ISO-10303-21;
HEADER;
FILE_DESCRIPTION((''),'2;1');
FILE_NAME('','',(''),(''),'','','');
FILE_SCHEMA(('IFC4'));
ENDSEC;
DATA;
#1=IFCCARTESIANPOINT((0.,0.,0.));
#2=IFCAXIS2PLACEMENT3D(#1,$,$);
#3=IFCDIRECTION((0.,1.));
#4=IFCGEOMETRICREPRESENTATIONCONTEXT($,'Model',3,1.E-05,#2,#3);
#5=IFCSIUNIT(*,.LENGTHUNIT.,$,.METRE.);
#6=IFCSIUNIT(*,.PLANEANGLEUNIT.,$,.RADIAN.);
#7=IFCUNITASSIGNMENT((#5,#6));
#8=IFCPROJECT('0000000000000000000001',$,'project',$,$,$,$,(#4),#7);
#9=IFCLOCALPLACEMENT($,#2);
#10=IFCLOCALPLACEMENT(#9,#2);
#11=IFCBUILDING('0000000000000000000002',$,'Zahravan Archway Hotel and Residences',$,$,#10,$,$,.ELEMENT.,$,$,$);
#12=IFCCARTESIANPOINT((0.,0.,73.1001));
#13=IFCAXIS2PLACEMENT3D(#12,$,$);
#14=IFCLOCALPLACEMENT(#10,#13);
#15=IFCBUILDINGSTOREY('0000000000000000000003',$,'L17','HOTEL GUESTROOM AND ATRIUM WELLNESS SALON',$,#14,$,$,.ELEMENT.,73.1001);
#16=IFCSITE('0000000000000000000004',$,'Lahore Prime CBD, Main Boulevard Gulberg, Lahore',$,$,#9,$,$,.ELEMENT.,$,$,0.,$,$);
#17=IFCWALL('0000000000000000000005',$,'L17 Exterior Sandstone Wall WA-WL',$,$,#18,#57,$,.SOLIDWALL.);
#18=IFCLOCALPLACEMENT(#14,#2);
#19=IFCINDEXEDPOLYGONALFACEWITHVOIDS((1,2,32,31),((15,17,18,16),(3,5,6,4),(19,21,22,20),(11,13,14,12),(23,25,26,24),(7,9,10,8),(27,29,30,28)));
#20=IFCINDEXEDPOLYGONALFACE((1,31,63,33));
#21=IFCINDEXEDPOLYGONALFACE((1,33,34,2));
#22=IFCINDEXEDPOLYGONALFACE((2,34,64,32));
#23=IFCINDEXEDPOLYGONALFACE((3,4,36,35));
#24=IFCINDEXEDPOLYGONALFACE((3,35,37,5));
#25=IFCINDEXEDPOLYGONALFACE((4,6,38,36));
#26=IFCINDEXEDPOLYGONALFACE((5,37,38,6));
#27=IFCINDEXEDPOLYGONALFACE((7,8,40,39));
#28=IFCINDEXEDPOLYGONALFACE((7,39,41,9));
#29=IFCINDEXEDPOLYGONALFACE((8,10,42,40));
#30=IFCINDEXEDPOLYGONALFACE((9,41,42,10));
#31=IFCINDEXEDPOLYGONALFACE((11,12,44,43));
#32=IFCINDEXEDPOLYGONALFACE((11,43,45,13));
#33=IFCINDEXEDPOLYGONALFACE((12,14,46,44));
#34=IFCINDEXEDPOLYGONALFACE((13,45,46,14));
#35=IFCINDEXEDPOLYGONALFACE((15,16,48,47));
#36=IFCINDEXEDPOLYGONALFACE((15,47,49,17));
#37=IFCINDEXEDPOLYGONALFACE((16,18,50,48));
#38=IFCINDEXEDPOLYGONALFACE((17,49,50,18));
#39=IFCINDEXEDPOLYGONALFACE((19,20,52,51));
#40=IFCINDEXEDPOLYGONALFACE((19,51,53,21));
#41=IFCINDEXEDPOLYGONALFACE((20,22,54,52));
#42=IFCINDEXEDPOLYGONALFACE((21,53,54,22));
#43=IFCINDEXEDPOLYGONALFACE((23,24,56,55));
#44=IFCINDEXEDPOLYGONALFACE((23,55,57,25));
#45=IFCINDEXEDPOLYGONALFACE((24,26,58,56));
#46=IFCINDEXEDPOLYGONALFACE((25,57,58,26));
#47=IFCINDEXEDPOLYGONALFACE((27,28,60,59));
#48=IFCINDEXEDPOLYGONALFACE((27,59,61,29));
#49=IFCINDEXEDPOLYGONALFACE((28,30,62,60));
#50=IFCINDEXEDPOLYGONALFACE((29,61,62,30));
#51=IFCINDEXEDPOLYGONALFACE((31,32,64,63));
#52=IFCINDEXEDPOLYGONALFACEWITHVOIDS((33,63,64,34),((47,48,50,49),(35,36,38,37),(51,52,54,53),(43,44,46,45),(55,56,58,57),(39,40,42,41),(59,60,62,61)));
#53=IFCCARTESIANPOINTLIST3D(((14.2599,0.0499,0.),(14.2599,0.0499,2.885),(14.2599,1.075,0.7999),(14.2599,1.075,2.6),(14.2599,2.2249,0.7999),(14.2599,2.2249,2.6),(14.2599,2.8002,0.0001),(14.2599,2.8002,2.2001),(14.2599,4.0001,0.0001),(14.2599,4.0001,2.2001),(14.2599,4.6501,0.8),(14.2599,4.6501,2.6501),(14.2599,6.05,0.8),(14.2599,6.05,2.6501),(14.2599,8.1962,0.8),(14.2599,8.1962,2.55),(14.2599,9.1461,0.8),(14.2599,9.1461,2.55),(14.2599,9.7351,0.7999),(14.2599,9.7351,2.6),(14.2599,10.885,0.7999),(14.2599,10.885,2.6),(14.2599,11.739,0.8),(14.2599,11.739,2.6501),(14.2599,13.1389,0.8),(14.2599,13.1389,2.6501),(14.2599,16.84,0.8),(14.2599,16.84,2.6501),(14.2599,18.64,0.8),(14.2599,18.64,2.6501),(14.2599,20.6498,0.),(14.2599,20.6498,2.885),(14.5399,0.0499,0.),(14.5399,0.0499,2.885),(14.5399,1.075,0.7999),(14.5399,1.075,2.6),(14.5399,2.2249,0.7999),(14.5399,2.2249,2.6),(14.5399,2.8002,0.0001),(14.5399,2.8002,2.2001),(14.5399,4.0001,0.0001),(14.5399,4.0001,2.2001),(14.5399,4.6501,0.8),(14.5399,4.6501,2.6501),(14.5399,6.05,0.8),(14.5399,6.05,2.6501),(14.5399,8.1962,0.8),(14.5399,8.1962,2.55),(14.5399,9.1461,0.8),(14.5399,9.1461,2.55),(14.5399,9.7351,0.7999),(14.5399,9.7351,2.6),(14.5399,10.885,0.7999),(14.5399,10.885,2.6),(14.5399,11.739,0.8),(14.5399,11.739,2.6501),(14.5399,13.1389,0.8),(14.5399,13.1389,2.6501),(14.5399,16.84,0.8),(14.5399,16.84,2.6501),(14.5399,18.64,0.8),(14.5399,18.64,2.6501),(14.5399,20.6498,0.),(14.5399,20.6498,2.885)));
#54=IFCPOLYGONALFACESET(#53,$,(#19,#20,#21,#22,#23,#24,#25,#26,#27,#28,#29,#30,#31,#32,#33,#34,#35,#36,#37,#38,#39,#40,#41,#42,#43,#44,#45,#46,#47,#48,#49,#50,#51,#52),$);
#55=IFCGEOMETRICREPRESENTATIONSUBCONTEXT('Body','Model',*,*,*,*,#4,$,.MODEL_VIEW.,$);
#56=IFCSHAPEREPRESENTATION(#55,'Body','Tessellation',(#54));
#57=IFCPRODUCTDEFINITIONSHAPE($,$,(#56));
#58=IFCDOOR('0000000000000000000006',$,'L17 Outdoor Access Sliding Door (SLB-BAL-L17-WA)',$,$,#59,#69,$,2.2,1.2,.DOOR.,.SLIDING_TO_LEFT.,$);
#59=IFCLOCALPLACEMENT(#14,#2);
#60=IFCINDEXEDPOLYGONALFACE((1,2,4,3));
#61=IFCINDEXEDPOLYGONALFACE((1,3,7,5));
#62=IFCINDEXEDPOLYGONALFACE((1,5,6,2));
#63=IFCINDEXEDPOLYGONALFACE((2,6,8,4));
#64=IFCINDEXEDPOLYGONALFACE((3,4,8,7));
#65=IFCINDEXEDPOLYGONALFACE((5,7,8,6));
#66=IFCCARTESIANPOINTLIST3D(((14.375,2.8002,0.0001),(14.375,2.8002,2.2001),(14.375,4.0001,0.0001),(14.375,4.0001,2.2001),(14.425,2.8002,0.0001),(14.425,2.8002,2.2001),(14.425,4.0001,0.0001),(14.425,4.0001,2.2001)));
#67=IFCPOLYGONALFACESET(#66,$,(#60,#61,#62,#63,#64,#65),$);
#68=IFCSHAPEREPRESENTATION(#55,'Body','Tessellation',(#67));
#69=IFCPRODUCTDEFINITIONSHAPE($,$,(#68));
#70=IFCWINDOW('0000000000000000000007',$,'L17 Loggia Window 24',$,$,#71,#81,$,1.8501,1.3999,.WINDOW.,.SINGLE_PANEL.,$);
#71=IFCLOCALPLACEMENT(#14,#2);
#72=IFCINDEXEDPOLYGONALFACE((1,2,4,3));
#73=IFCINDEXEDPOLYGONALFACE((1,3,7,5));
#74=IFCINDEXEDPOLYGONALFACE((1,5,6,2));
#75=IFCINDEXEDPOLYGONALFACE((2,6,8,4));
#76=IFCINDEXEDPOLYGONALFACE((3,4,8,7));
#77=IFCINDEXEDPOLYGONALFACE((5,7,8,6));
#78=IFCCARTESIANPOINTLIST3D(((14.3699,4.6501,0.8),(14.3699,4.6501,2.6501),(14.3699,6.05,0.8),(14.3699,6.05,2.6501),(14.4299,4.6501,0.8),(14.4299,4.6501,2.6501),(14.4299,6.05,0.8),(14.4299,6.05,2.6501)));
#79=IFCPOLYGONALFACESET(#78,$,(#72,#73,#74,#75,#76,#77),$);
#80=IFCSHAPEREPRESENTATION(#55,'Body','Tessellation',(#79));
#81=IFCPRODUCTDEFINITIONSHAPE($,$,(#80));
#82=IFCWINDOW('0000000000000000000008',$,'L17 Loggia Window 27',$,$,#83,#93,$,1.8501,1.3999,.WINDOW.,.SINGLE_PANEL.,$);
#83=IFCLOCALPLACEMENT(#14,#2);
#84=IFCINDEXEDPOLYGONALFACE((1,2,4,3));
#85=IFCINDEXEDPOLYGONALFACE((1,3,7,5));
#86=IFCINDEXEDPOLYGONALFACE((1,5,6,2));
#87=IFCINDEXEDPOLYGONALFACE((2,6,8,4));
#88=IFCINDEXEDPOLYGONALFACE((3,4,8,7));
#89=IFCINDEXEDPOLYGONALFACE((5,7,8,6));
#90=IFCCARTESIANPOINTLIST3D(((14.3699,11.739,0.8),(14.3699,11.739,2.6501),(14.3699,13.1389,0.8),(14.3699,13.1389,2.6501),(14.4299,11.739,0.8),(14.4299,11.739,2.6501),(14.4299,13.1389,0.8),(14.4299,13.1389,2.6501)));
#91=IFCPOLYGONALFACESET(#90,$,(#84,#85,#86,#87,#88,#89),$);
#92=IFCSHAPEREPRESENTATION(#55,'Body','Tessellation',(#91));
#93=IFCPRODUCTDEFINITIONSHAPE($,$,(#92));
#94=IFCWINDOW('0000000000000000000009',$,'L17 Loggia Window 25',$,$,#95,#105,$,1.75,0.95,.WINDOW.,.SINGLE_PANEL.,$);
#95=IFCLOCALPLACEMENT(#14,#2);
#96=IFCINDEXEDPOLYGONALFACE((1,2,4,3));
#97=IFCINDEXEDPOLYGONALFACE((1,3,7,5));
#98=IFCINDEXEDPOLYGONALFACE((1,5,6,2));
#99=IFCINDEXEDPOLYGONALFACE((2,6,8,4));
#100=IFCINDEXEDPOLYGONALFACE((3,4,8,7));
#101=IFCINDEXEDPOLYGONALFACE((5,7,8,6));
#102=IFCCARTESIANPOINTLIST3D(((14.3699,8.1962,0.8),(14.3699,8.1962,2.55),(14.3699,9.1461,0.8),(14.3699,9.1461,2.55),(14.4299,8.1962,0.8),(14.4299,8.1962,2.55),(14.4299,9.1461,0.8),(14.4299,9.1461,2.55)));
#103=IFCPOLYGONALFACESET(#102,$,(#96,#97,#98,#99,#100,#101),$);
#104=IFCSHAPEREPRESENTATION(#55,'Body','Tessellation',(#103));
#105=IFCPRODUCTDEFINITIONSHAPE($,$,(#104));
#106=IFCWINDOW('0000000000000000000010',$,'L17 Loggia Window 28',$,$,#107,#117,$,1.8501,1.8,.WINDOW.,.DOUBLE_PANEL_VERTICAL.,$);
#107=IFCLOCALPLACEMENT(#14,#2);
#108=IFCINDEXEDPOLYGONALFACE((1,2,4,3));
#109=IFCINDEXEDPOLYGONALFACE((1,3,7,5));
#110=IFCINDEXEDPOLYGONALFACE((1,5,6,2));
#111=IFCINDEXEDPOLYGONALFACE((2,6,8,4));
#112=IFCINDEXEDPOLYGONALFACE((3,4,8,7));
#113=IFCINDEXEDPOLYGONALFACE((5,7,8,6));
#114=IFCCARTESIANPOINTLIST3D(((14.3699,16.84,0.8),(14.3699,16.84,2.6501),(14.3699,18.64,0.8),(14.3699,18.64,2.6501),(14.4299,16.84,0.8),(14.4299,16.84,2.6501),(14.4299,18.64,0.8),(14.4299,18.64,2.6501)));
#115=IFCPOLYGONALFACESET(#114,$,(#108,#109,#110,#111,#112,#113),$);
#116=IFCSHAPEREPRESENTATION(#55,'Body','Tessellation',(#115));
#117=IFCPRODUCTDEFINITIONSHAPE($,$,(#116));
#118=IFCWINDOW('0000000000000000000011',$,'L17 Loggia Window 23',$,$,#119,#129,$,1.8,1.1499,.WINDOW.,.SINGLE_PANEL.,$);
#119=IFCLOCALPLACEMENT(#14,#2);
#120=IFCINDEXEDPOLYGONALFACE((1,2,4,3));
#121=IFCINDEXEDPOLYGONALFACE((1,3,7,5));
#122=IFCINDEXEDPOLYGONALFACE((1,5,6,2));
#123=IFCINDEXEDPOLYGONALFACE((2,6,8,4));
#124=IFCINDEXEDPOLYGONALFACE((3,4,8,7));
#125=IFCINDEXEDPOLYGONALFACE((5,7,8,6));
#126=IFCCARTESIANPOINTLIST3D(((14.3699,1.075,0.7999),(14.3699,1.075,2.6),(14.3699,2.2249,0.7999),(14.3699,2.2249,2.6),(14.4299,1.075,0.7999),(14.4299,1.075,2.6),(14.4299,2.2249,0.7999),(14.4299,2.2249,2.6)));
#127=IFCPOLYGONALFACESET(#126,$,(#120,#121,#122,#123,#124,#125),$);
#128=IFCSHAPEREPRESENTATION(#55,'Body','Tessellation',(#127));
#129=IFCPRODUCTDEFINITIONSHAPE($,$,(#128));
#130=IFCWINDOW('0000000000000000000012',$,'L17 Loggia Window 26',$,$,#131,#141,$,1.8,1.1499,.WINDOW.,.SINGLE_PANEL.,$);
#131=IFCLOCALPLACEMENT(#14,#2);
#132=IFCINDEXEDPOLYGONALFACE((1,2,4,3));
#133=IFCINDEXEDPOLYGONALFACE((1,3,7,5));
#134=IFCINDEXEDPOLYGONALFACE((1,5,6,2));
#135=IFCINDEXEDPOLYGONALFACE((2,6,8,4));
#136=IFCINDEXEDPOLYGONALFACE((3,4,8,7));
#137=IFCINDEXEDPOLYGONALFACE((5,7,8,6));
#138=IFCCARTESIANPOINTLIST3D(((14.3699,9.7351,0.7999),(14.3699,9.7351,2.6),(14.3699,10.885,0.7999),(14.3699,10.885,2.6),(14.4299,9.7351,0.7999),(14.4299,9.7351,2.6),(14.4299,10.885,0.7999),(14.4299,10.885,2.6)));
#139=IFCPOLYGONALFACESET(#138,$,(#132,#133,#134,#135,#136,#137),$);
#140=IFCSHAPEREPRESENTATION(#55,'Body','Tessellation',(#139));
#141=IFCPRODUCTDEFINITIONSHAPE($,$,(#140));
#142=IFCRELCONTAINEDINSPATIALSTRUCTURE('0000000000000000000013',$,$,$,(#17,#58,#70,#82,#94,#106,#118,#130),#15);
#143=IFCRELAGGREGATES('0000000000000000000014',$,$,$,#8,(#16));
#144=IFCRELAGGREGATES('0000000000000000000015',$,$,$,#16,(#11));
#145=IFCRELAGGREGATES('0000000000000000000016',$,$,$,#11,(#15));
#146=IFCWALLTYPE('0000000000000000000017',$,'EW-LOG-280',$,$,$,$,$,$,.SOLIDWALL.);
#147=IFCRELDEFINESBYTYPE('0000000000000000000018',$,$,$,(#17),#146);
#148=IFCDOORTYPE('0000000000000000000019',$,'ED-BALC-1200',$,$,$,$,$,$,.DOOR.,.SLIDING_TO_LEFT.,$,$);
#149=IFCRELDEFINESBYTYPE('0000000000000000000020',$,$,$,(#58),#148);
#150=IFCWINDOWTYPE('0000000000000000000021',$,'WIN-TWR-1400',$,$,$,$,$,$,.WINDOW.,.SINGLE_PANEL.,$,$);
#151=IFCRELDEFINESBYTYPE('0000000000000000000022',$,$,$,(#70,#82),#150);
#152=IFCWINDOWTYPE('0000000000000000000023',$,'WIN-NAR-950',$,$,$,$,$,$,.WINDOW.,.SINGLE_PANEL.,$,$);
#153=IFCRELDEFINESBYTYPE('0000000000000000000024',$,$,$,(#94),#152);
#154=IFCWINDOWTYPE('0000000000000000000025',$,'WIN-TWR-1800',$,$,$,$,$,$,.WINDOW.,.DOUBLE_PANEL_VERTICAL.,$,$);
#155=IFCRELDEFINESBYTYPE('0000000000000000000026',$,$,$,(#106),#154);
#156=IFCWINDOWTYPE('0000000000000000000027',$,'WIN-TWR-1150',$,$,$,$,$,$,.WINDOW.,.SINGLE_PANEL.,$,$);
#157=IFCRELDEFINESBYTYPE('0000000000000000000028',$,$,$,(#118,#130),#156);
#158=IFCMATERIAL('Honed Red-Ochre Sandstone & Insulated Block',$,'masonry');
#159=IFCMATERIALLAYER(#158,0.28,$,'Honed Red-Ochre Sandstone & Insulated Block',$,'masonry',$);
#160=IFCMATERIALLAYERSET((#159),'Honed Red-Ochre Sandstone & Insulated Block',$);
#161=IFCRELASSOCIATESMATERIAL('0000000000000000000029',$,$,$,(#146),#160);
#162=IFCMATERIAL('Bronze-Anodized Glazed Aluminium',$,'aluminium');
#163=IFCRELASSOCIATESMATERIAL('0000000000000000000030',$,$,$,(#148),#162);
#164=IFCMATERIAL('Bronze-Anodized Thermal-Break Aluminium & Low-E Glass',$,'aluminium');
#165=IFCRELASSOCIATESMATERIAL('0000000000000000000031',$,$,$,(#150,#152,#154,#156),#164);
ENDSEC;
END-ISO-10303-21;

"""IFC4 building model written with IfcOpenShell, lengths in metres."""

from ifc_helpers import new_model, si_unit, direction, frame, frame_2d, origin, place, context, subcontext, project, spatial, rectangle, extrude, source, transform, mapped, material, layer, layer_set, type_object, type_shapes, element, fill, save


model = new_model("IFC4")

# Units and contexts
model_context = context("Model", 3, precision=1e-05, world=origin(), true_north=direction((0.0, 1.0)))
body_context = subcontext(model_context, "Body", "Model", "MODEL_VIEW")
ifc_project = project(units=[si_unit("LENGTHUNIT", "METRE"), si_unit("PLANEANGLEUNIT", "RADIAN")], contexts=[model_context])

# Site, building, storey
site_placement = place(None, origin())
site = spatial("IfcSite", under=ifc_project, at=site_placement, Name="Lahore Prime CBD, Main Boulevard Gulberg, Lahore", CompositionType="ELEMENT", RefElevation=0.0)
building_placement = place(site_placement, origin())
building = spatial("IfcBuilding", under=site, at=building_placement, Name="Zahravan Archway Hotel and Residences", CompositionType="ELEMENT")
storey_placement = place(building_placement, frame((0.0, 0.0, 73.1001)))
storey = spatial("IfcBuildingStorey", under=building, at=storey_placement, Name="L17", Description="HOTEL GUESTROOM AND ATRIUM WELLNESS SALON", CompositionType="ELEMENT", Elevation=73.1001)

# Wall, openings, door, windows
ifc_material_1 = material(Name="Honed Red-Ochre Sandstone & Insulated Block", Category="masonry")
ifc_layer = layer(ifc_material_1, 0.28, Name="Honed Red-Ochre Sandstone & Insulated Block", Category="masonry")
ifc_layer_set = layer_set([ifc_layer], Name="Honed Red-Ochre Sandstone & Insulated Block")
wall_type = type_object("IfcWallType", Name="EW-LOG-280", PredefinedType="SOLIDWALL", material=ifc_layer_set)
wall_placement = place(storey_placement, frame((14.3999, 0.05, 0.0), z_axis=(0.0, 0.0, 1.0), x_axis=(0.0, 1.0, 0.0)))
wall = element("IfcWall", 1, at=wall_placement, inside=storey, type_object=wall_type, Name="L17 Exterior Sandstone Wall WA-WL", PredefinedType="SOLIDWALL", context=body_context, shape_type="SweptSolid", body=[
    extrude(rectangle(XDim=20.5999, YDim=0.28, at=frame_2d((10.2998, 0.0))), origin(), (0.0, 0.0, 1.0), 2.885),
])
opening_1_placement = place(wall_placement, frame((2.75, 0.0, 0.0)))
opening_1 = element("IfcOpeningElement", 2, at=opening_1_placement, cuts=wall, PredefinedType="OPENING", context=body_context, shape_type="SweptSolid", body=[
    extrude(rectangle(XDim=1.2, YDim=2.2, at=frame_2d((0.6001, 1.1001))), frame((0.0, 0.1499, 0.0), z_axis=(0.0, -1.0, 0.0), x_axis=(1.0, 0.0, 0.0)), (0.0, 0.0, 1.0), 0.3),
])
opening_2_placement = place(wall_placement, frame((1.0249, 0.0, 0.8)))
opening_2 = element("IfcOpeningElement", 3, at=opening_2_placement, cuts=wall, PredefinedType="OPENING", context=body_context, shape_type="SweptSolid", body=[
    extrude(rectangle(XDim=1.1499, YDim=1.8, at=frame_2d((0.575, 0.8999))), frame((0.0, 0.1499, 0.0), z_axis=(0.0, -1.0, 0.0), x_axis=(1.0, 0.0, 0.0)), (0.0, 0.0, 1.0), 0.3),
])
opening_3_placement = place(wall_placement, frame((4.6001, 0.0, 0.8)))
opening_3 = element("IfcOpeningElement", 4, at=opening_3_placement, cuts=wall, PredefinedType="OPENING", context=body_context, shape_type="SweptSolid", body=[
    extrude(rectangle(XDim=1.3999, YDim=1.8501, at=frame_2d((0.7, 0.925))), frame((0.0, 0.1499, 0.0), z_axis=(0.0, -1.0, 0.0), x_axis=(1.0, 0.0, 0.0)), (0.0, 0.0, 1.0), 0.3),
])
opening_4_placement = place(wall_placement, frame((8.146, 0.0, 0.8)))
opening_4 = element("IfcOpeningElement", 5, at=opening_4_placement, cuts=wall, PredefinedType="OPENING", context=body_context, shape_type="SweptSolid", body=[
    extrude(rectangle(XDim=0.95, YDim=1.75, at=frame_2d((0.4751, 0.875))), frame((0.0, 0.1499, 0.0), z_axis=(0.0, -1.0, 0.0), x_axis=(1.0, 0.0, 0.0)), (0.0, 0.0, 1.0), 0.3),
])
opening_5_placement = place(wall_placement, frame((9.6851, 0.0, 0.8)))
opening_5 = element("IfcOpeningElement", 6, at=opening_5_placement, cuts=wall, PredefinedType="OPENING", context=body_context, shape_type="SweptSolid", body=[
    extrude(rectangle(XDim=1.1499, YDim=1.8, at=frame_2d((0.575, 0.8999))), frame((0.0, 0.1499, 0.0), z_axis=(0.0, -1.0, 0.0), x_axis=(1.0, 0.0, 0.0)), (0.0, 0.0, 1.0), 0.3),
])
opening_6_placement = place(wall_placement, frame((11.689, 0.0, 0.8)))
opening_6 = element("IfcOpeningElement", 7, at=opening_6_placement, cuts=wall, PredefinedType="OPENING", context=body_context, shape_type="SweptSolid", body=[
    extrude(rectangle(XDim=1.3999, YDim=1.8501, at=frame_2d((0.7, 0.925))), frame((0.0, 0.1499, 0.0), z_axis=(0.0, -1.0, 0.0), x_axis=(1.0, 0.0, 0.0)), (0.0, 0.0, 1.0), 0.3),
])
opening_7_placement = place(wall_placement, frame((16.79, 0.0, 0.8)))
opening_7 = element("IfcOpeningElement", 8, at=opening_7_placement, cuts=wall, PredefinedType="OPENING", context=body_context, shape_type="SweptSolid", body=[
    extrude(rectangle(XDim=1.8, YDim=1.8501, at=frame_2d((0.8999, 0.925))), frame((0.0, 0.1499, 0.0), z_axis=(0.0, -1.0, 0.0), x_axis=(1.0, 0.0, 0.0)), (0.0, 0.0, 1.0), 0.3),
])
ifc_material_2 = material(Name="Bronze-Anodized Glazed Aluminium", Category="aluminium")
door_type = type_object("IfcDoorType", Name="ED-BALC-1200", OperationType="SLIDING_TO_LEFT", PredefinedType="DOOR", material=ifc_material_2)
shared_shape_1 = source(origin(), body_context, "Body", "SweptSolid", [
    extrude(rectangle(XDim=1.2, YDim=2.2, at=frame_2d((0.6001, 1.1001))), frame((0.0, 0.0249, 0.0), z_axis=(0.0, -1.0, 0.0), x_axis=(1.0, 0.0, 0.0)), (0.0, 0.0, 1.0), 0.05),
])
type_shapes(door_type, [shared_shape_1])
door_placement = place(opening_1_placement, origin())
door = element("IfcDoor", 9, at=door_placement, inside=storey, type_object=door_type, Name="L17 Outdoor Access Sliding Door (SLB-BAL-L17-WA)", OperationType="SLIDING_TO_LEFT", OverallHeight=2.2, OverallWidth=1.2, PredefinedType="DOOR", context=body_context, shape_type="MappedRepresentation", body=[
    mapped(shared_shape_1, transform((0.0, 0.0, 0.0), scale=1.0)),
])
fill(opening_1, door)
ifc_material_3 = material(Name="Bronze-Anodized Thermal-Break Aluminium & Low-E Glass", Category="aluminium")
window_type_1 = type_object("IfcWindowType", Name="WIN-TWR-1400", PartitioningType="SINGLE_PANEL", PredefinedType="WINDOW", material=ifc_material_3)
shared_shape_2 = source(origin(), body_context, "Body", "SweptSolid", [
    extrude(rectangle(XDim=1.3999, YDim=1.8501, at=frame_2d((0.7, 0.925))), frame((0.0, 0.03, 0.0), z_axis=(0.0, -1.0, 0.0), x_axis=(1.0, 0.0, 0.0)), (0.0, 0.0, 1.0), 0.0601),
])
type_shapes(window_type_1, [shared_shape_2])
window_1_placement = place(opening_3_placement, origin())
window_1 = element("IfcWindow", 10, at=window_1_placement, inside=storey, type_object=window_type_1, Name="L17 Loggia Window 24", OverallHeight=1.8501, OverallWidth=1.3999, PartitioningType="SINGLE_PANEL", PredefinedType="WINDOW", context=body_context, shape_type="MappedRepresentation", body=[
    mapped(shared_shape_2, transform((0.0, 0.0, 0.0), scale=1.0)),
])
fill(opening_3, window_1)
window_2_placement = place(opening_6_placement, origin())
window_2 = element("IfcWindow", 11, at=window_2_placement, inside=storey, type_object=window_type_1, Name="L17 Loggia Window 27", OverallHeight=1.8501, OverallWidth=1.3999, PartitioningType="SINGLE_PANEL", PredefinedType="WINDOW", context=body_context, shape_type="MappedRepresentation", body=[
    mapped(shared_shape_2, transform((0.0, 0.0, 0.0), scale=1.0)),
])
fill(opening_6, window_2)
window_type_2 = type_object("IfcWindowType", Name="WIN-NAR-950", PartitioningType="SINGLE_PANEL", PredefinedType="WINDOW", material=ifc_material_3)
shared_shape_3 = source(origin(), body_context, "Body", "SweptSolid", [
    extrude(rectangle(XDim=0.95, YDim=1.75, at=frame_2d((0.4751, 0.875))), frame((0.0, 0.03, 0.0), z_axis=(0.0, -1.0, 0.0), x_axis=(1.0, 0.0, 0.0)), (0.0, 0.0, 1.0), 0.0601),
])
type_shapes(window_type_2, [shared_shape_3])
window_3_placement = place(opening_4_placement, origin())
window_3 = element("IfcWindow", 12, at=window_3_placement, inside=storey, type_object=window_type_2, Name="L17 Loggia Window 25", OverallHeight=1.75, OverallWidth=0.95, PartitioningType="SINGLE_PANEL", PredefinedType="WINDOW", context=body_context, shape_type="MappedRepresentation", body=[
    mapped(shared_shape_3, transform((0.0, 0.0, 0.0), scale=1.0)),
])
fill(opening_4, window_3)
window_type_3 = type_object("IfcWindowType", Name="WIN-TWR-1800", PartitioningType="DOUBLE_PANEL_VERTICAL", PredefinedType="WINDOW", material=ifc_material_3)
shared_shape_4 = source(origin(), body_context, "Body", "SweptSolid", [
    extrude(rectangle(XDim=1.8, YDim=1.8501, at=frame_2d((0.8999, 0.925))), frame((0.0, 0.03, 0.0), z_axis=(0.0, -1.0, 0.0), x_axis=(1.0, 0.0, 0.0)), (0.0, 0.0, 1.0), 0.0601),
])
type_shapes(window_type_3, [shared_shape_4])
window_4_placement = place(opening_7_placement, origin())
window_4 = element("IfcWindow", 13, at=window_4_placement, inside=storey, type_object=window_type_3, Name="L17 Loggia Window 28", OverallHeight=1.8501, OverallWidth=1.8, PartitioningType="DOUBLE_PANEL_VERTICAL", PredefinedType="WINDOW", context=body_context, shape_type="MappedRepresentation", body=[
    mapped(shared_shape_4, transform((0.0, 0.0, 0.0), scale=1.0)),
])
fill(opening_7, window_4)
window_type_4 = type_object("IfcWindowType", Name="WIN-TWR-1150", PartitioningType="SINGLE_PANEL", PredefinedType="WINDOW", material=ifc_material_3)
shared_shape_5 = source(origin(), body_context, "Body", "SweptSolid", [
    extrude(rectangle(XDim=1.1499, YDim=1.8, at=frame_2d((0.575, 0.8999))), frame((0.0, 0.03, 0.0), z_axis=(0.0, -1.0, 0.0), x_axis=(1.0, 0.0, 0.0)), (0.0, 0.0, 1.0), 0.0601),
])
type_shapes(window_type_4, [shared_shape_5])
window_5_placement = place(opening_2_placement, origin())
window_5 = element("IfcWindow", 14, at=window_5_placement, inside=storey, type_object=window_type_4, Name="L17 Loggia Window 23", OverallHeight=1.8, OverallWidth=1.1499, PartitioningType="SINGLE_PANEL", PredefinedType="WINDOW", context=body_context, shape_type="MappedRepresentation", body=[
    mapped(shared_shape_5, transform((0.0, 0.0, 0.0), scale=1.0)),
])
fill(opening_2, window_5)
window_6_placement = place(opening_5_placement, origin())
window_6 = element("IfcWindow", 15, at=window_6_placement, inside=storey, type_object=window_type_4, Name="L17 Loggia Window 26", OverallHeight=1.8, OverallWidth=1.1499, PartitioningType="SINGLE_PANEL", PredefinedType="WINDOW", context=body_context, shape_type="MappedRepresentation", body=[
    mapped(shared_shape_5, transform((0.0, 0.0, 0.0), scale=1.0)),
])
fill(opening_5, window_6)

save(model, "model.ifc")
